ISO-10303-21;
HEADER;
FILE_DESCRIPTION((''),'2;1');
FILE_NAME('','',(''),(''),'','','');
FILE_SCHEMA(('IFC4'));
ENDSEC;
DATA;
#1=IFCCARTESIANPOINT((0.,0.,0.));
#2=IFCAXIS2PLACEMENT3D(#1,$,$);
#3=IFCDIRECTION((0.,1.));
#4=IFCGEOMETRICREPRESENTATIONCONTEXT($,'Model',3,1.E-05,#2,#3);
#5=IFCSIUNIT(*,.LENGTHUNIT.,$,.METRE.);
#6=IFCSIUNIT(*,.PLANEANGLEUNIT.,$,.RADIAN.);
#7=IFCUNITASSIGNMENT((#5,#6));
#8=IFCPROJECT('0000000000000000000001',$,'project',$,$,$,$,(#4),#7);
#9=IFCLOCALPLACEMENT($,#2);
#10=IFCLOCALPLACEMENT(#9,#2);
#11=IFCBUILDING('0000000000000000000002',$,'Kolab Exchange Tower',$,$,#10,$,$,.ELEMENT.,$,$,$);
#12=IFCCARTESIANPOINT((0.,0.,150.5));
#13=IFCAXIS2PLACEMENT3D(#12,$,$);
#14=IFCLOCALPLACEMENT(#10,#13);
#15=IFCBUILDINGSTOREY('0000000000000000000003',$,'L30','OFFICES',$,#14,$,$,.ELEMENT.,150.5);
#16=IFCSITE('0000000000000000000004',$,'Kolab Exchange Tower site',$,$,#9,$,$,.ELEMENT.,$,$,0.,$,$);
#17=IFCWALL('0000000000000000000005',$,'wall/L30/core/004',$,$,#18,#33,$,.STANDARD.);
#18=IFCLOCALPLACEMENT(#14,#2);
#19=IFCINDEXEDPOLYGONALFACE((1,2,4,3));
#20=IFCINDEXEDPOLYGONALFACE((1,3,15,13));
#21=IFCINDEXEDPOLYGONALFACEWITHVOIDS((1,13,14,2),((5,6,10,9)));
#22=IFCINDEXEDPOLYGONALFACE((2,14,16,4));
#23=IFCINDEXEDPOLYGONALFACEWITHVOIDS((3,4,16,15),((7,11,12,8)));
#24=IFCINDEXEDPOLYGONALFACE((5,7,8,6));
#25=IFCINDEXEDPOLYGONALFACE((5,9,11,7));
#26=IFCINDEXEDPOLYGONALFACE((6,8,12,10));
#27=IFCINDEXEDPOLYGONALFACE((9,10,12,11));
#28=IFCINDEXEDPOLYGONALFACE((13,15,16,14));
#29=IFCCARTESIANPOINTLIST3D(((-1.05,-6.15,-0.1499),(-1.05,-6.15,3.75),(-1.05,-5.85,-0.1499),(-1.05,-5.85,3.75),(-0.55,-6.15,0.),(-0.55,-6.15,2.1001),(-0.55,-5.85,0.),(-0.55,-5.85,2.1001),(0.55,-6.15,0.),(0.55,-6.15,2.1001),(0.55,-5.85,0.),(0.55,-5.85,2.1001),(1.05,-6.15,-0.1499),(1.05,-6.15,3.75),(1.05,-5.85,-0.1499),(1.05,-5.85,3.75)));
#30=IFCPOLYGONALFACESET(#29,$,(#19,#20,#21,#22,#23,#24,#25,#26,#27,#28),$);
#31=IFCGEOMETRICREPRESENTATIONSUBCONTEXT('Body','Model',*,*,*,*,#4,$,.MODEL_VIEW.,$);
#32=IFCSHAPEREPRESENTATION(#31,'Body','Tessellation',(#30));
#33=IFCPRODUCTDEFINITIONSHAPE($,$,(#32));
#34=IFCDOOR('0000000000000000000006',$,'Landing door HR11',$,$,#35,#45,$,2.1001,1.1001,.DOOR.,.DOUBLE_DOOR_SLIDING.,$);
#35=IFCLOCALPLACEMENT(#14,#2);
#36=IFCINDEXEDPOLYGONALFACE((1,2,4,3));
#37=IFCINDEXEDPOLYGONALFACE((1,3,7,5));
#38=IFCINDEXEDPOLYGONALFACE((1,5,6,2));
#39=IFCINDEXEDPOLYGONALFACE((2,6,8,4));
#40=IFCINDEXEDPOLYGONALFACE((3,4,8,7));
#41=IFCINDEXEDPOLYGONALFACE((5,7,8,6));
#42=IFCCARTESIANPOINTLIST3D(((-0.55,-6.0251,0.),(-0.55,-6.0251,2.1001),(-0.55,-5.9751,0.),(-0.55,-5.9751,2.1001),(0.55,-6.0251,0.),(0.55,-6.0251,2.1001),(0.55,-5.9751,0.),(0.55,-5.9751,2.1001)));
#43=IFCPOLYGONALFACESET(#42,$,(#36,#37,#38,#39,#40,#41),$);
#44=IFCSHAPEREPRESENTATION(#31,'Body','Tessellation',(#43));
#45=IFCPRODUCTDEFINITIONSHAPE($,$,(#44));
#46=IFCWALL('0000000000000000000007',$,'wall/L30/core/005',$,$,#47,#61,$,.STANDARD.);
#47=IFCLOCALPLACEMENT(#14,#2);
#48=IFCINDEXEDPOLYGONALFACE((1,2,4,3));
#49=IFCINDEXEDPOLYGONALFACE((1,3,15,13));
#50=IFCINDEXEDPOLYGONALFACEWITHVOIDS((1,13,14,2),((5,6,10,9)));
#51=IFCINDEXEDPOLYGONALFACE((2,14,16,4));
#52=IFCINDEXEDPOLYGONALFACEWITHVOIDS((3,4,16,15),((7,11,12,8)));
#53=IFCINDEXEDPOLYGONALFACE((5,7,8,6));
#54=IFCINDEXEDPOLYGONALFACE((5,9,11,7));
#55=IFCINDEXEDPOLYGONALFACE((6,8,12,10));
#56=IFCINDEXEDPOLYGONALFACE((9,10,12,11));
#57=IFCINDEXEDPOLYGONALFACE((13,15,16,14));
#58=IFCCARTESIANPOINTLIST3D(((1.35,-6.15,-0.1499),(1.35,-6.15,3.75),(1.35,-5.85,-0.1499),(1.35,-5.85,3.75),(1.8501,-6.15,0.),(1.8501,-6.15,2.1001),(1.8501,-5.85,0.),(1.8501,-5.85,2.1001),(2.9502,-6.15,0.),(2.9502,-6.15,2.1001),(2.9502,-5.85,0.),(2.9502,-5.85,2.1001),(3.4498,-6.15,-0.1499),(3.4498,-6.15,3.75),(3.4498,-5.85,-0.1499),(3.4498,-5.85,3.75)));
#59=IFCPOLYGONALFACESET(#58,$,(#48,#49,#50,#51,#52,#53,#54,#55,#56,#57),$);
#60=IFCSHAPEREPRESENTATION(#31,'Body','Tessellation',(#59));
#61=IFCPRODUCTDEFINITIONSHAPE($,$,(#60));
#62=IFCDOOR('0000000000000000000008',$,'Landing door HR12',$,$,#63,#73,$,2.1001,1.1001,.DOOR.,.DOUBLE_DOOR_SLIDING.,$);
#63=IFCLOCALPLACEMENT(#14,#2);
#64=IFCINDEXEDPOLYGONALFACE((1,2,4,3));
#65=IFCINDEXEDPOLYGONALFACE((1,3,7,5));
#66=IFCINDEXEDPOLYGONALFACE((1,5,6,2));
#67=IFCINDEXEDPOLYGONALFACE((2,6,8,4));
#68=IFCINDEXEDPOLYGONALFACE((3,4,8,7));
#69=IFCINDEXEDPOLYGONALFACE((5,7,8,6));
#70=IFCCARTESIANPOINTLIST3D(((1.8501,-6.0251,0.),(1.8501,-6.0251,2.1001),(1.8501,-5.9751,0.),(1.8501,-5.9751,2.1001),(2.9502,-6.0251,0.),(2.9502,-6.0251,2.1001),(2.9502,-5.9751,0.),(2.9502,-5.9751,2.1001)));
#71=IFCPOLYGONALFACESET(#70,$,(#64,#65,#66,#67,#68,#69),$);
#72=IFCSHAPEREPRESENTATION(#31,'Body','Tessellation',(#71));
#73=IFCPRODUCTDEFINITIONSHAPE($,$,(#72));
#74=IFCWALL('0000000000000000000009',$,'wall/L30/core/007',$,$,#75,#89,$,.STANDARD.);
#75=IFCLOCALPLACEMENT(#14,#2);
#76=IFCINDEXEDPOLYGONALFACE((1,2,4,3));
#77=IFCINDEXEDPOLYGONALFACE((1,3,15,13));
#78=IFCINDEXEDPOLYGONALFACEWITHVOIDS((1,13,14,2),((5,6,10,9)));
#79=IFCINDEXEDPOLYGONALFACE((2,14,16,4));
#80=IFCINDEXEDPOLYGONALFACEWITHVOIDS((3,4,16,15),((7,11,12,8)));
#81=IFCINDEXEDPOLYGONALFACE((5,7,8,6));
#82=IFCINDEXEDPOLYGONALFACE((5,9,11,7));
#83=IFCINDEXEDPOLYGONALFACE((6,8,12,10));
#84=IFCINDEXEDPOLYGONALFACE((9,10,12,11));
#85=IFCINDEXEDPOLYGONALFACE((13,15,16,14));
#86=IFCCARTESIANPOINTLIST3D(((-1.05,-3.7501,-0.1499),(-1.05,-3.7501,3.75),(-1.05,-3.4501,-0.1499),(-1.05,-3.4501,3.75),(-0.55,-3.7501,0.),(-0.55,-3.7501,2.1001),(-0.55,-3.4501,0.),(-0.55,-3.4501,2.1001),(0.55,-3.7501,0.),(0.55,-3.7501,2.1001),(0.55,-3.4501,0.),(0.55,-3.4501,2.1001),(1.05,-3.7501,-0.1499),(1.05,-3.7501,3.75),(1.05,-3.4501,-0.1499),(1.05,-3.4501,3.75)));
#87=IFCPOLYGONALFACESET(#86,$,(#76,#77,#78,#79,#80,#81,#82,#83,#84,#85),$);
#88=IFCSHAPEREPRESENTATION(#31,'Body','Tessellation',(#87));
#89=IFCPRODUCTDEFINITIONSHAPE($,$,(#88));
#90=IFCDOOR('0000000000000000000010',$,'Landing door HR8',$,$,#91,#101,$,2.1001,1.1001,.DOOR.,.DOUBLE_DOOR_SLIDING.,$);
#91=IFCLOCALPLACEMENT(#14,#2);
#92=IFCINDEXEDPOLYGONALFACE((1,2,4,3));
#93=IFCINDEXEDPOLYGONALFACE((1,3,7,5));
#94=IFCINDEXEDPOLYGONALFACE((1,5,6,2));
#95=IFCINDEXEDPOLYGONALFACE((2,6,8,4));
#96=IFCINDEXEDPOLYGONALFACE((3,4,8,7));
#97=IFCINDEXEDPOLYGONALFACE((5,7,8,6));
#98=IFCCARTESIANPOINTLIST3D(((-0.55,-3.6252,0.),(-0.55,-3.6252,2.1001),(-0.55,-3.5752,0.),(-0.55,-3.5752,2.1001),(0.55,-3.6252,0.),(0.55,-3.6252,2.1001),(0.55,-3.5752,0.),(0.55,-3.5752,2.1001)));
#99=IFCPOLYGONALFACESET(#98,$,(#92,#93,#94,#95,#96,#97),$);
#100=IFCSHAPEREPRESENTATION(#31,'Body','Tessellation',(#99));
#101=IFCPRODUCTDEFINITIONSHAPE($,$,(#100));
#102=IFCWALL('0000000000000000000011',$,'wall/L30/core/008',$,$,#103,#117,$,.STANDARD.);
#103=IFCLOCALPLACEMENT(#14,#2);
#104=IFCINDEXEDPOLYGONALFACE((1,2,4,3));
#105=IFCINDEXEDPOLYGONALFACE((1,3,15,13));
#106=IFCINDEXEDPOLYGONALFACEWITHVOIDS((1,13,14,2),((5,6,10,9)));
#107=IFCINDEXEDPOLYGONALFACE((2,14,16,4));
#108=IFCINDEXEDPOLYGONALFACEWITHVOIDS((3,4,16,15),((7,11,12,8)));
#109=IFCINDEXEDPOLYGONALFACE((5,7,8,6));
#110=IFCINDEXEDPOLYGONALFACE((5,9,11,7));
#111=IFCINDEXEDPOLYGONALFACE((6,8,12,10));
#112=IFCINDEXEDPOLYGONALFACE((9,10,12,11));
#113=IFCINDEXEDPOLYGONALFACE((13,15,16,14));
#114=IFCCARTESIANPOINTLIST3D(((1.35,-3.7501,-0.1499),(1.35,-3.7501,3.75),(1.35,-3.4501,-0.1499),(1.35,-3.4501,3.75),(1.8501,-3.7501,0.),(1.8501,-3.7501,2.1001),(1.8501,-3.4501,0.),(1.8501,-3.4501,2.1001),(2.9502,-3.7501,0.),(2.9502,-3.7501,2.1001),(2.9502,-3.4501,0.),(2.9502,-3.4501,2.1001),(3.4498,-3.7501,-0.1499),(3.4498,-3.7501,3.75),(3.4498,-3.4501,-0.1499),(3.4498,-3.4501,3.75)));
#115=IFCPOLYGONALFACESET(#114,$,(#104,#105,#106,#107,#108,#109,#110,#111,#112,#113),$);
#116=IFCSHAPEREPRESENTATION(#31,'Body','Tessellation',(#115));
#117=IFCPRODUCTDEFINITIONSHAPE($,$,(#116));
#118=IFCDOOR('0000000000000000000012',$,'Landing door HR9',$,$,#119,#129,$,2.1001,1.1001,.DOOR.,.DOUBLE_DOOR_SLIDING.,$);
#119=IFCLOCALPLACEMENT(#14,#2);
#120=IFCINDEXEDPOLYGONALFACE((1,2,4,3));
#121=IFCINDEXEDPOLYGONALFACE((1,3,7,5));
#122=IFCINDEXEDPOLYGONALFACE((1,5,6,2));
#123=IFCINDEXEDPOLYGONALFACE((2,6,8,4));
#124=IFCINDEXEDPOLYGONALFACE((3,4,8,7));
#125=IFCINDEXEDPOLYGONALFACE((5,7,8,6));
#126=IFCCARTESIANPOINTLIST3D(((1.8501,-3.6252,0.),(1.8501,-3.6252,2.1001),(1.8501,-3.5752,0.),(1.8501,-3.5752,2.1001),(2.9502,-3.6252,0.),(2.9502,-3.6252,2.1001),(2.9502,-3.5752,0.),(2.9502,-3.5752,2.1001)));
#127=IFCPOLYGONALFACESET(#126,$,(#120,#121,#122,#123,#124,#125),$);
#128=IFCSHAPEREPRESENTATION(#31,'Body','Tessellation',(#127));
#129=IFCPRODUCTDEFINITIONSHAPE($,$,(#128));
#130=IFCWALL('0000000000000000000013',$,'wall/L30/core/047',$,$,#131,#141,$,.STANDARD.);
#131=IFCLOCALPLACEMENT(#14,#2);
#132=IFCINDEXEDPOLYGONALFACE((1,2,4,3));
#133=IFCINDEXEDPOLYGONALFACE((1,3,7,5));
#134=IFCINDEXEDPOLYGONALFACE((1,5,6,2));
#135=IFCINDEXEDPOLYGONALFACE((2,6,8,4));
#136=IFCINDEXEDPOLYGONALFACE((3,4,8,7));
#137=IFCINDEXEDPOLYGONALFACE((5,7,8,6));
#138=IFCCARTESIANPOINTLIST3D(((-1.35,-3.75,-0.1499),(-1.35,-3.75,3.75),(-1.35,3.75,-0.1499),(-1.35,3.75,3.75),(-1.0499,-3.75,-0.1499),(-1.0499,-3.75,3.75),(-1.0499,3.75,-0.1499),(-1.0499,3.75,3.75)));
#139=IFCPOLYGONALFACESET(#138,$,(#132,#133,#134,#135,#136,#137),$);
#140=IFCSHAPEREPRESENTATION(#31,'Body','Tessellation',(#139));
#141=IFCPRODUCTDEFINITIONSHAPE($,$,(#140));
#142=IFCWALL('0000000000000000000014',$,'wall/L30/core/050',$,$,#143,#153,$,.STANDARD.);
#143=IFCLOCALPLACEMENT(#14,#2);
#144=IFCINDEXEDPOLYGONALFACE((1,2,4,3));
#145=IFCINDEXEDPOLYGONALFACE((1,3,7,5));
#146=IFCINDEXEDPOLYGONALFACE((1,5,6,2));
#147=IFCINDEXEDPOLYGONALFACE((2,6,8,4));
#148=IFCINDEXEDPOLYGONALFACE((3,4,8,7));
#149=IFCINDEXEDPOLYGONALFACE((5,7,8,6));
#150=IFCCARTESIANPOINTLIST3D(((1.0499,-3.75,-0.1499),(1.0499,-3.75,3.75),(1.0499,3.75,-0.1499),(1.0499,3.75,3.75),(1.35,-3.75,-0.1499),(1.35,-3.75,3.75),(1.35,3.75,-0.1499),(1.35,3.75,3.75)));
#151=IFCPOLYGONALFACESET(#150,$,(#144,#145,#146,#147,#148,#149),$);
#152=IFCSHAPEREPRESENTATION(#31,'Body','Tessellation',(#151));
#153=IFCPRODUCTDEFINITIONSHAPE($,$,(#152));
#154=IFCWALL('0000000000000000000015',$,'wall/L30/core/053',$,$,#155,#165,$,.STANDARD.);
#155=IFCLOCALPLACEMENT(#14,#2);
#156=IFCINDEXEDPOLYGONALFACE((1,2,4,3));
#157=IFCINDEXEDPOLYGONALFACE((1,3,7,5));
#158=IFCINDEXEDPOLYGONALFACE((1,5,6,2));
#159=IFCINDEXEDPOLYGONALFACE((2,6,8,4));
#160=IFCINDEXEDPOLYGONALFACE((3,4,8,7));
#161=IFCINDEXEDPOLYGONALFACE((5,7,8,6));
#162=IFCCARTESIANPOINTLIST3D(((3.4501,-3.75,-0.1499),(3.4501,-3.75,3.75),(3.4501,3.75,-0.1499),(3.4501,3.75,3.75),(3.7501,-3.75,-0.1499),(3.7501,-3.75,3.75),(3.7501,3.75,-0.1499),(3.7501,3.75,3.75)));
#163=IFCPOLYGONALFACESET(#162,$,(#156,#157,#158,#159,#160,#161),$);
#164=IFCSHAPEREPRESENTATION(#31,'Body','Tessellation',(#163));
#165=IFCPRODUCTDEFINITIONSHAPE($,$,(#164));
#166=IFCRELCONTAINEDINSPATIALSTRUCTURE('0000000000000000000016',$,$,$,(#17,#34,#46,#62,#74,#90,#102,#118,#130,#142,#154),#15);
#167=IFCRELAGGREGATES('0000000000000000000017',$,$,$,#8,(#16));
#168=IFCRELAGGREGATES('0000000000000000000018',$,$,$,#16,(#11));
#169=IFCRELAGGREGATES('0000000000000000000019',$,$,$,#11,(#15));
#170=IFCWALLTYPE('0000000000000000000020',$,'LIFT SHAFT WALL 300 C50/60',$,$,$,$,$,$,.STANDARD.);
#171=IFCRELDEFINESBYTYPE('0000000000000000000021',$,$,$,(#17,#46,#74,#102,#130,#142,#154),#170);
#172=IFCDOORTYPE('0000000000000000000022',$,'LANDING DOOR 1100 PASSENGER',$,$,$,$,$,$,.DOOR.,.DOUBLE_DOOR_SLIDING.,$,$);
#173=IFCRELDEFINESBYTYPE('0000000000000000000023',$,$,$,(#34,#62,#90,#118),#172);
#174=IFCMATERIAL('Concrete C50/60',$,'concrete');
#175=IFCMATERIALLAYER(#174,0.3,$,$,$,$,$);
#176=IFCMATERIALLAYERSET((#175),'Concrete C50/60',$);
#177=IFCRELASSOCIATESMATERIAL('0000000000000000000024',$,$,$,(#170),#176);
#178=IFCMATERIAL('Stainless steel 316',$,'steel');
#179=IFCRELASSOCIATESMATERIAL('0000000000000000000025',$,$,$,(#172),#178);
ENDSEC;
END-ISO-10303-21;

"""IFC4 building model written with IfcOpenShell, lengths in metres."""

from ifc_helpers import new_model, si_unit, direction, frame, frame_2d, origin, place, context, subcontext, project, spatial, rectangle, extrude, material, layer, layer_set, type_object, element, fill, save


model = new_model("IFC4")

# Units and contexts
model_context = context("Model", 3, precision=1e-05, world=origin(), true_north=direction((0.0, 1.0)))
body_context = subcontext(model_context, "Body", "Model", "MODEL_VIEW")
ifc_project = project(units=[si_unit("LENGTHUNIT", "METRE"), si_unit("PLANEANGLEUNIT", "RADIAN")], contexts=[model_context])

# Site, building, storey
site_placement = place(None, origin())
site = spatial("IfcSite", under=ifc_project, at=site_placement, Name="Kolab Exchange Tower site", CompositionType="ELEMENT", RefElevation=0.0)
building_placement = place(site_placement, origin())
building = spatial("IfcBuilding", under=site, at=building_placement, Name="Kolab Exchange Tower", CompositionType="ELEMENT")
storey_placement = place(building_placement, frame((0.0, 0.0, 150.5)))
storey = spatial("IfcBuildingStorey", under=building, at=storey_placement, Name="L30", Description="OFFICES", CompositionType="ELEMENT", Elevation=150.5)

# Walls, openings, doors
ifc_material_1 = material(Name="Concrete C50/60", Category="concrete")
ifc_layer_1 = layer(ifc_material_1, 0.3)
ifc_layer_set_1 = layer_set([ifc_layer_1], Name="Concrete C50/60")
wall_type_1 = type_object("IfcWallType", Name="LIFT SHAFT WALL 300 C50/60", PredefinedType="STANDARD", material=ifc_layer_set_1)
wall_1_placement = place(storey_placement, frame((-1.05, -6.0, -0.1499), z_axis=(0.0, 0.0, 1.0), x_axis=(1.0, 0.0, 0.0)))
wall_1 = element("IfcWall", 1, at=wall_1_placement, inside=storey, type_object=wall_type_1, Name="wall/L30/core/004", PredefinedType="STANDARD", context=body_context, shape_type="SweptSolid", body=[
    extrude(rectangle(XDim=2.1001, YDim=0.3, at=frame_2d((1.05, 0.0))), origin(), (0.0, 0.0, 1.0), 3.8999),
])
opening_1_placement = place(wall_1_placement, frame((0.5, 0.0, 0.1499)))
opening_1 = element("IfcOpeningElement", 2, at=opening_1_placement, cuts=wall_1, PredefinedType="OPENING", context=body_context, shape_type="SweptSolid", body=[
    extrude(rectangle(XDim=1.1001, YDim=2.1001, at=frame_2d((0.55, 1.05))), frame((0.0, 0.1602, 0.0), z_axis=(0.0, -1.0, 0.0), x_axis=(1.0, 0.0, 0.0)), (0.0, 0.0, 1.0), 0.3201),
])
ifc_material_2 = material(Name="Stainless steel 316", Category="steel")
door_type_1 = type_object("IfcDoorType", Name="LANDING DOOR 1100 PASSENGER", OperationType="DOUBLE_DOOR_SLIDING", PredefinedType="DOOR", material=ifc_material_2)
door_1_placement = place(opening_1_placement, origin())
door_1 = element("IfcDoor", 3, at=door_1_placement, inside=storey, type_object=door_type_1, Name="Landing door HR11", OperationType="DOUBLE_DOOR_SLIDING", OverallHeight=2.1001, OverallWidth=1.1001, PredefinedType="DOOR", context=body_context, shape_type="SweptSolid", body=[
    extrude(rectangle(XDim=1.1001, YDim=2.1001, at=frame_2d((0.55, 1.05))), frame((0.0, 0.0249, 0.0), z_axis=(0.0, -1.0, 0.0), x_axis=(1.0, 0.0, 0.0)), (0.0, 0.0, 1.0), 0.05),
])
fill(opening_1, door_1)
wall_2_placement = place(storey_placement, frame((1.3501, -6.0, -0.1499), z_axis=(0.0, 0.0, 1.0), x_axis=(1.0, 0.0, 0.0)))
wall_2 = element("IfcWall", 4, at=wall_2_placement, inside=storey, type_object=wall_type_1, Name="wall/L30/core/005", PredefinedType="STANDARD", context=body_context, shape_type="SweptSolid", body=[
    extrude(rectangle(XDim=2.0999, YDim=0.3, at=frame_2d((1.0498, 0.0))), origin(), (0.0, 0.0, 1.0), 3.8999),
])
opening_2_placement = place(wall_2_placement, frame((0.5, 0.0, 0.1499)))
opening_2 = element("IfcOpeningElement", 5, at=opening_2_placement, cuts=wall_2, PredefinedType="OPENING", context=body_context, shape_type="SweptSolid", body=[
    extrude(rectangle(XDim=1.1001, YDim=2.1001, at=frame_2d((0.55, 1.05))), frame((0.0, 0.1602, 0.0), z_axis=(0.0, -1.0, 0.0), x_axis=(1.0, 0.0, 0.0)), (0.0, 0.0, 1.0), 0.3201),
])
door_2_placement = place(opening_2_placement, origin())
door_2 = element("IfcDoor", 6, at=door_2_placement, inside=storey, type_object=door_type_1, Name="Landing door HR12", OperationType="DOUBLE_DOOR_SLIDING", OverallHeight=2.1001, OverallWidth=1.1001, PredefinedType="DOOR", context=body_context, shape_type="SweptSolid", body=[
    extrude(rectangle(XDim=1.1001, YDim=2.1001, at=frame_2d((0.55, 1.05))), frame((0.0, 0.0249, 0.0), z_axis=(0.0, -1.0, 0.0), x_axis=(1.0, 0.0, 0.0)), (0.0, 0.0, 1.0), 0.05),
])
fill(opening_2, door_2)
wall_3_placement = place(storey_placement, frame((-1.05, -3.6001, -0.1499), z_axis=(0.0, 0.0, 1.0), x_axis=(1.0, 0.0, 0.0)))
wall_3 = element("IfcWall", 7, at=wall_3_placement, inside=storey, type_object=wall_type_1, Name="wall/L30/core/007", PredefinedType="STANDARD", context=body_context, shape_type="SweptSolid", body=[
    extrude(rectangle(XDim=2.1001, YDim=0.3, at=frame_2d((1.05, 0.0))), origin(), (0.0, 0.0, 1.0), 3.8999),
])
opening_3_placement = place(wall_3_placement, frame((0.5, 0.0, 0.1499)))
opening_3 = element("IfcOpeningElement", 8, at=opening_3_placement, cuts=wall_3, PredefinedType="OPENING", context=body_context, shape_type="SweptSolid", body=[
    extrude(rectangle(XDim=1.1001, YDim=2.1001, at=frame_2d((0.55, 1.05))), frame((0.0, 0.1602, 0.0), z_axis=(0.0, -1.0, 0.0), x_axis=(1.0, 0.0, 0.0)), (0.0, 0.0, 1.0), 0.3201),
])
door_3_placement = place(opening_3_placement, origin())
door_3 = element("IfcDoor", 9, at=door_3_placement, inside=storey, type_object=door_type_1, Name="Landing door HR8", OperationType="DOUBLE_DOOR_SLIDING", OverallHeight=2.1001, OverallWidth=1.1001, PredefinedType="DOOR", context=body_context, shape_type="SweptSolid", body=[
    extrude(rectangle(XDim=1.1001, YDim=2.1001, at=frame_2d((0.55, 1.05))), frame((0.0, 0.0249, 0.0), z_axis=(0.0, -1.0, 0.0), x_axis=(1.0, 0.0, 0.0)), (0.0, 0.0, 1.0), 0.05),
])
fill(opening_3, door_3)
wall_4_placement = place(storey_placement, frame((1.3501, -3.6001, -0.1499), z_axis=(0.0, 0.0, 1.0), x_axis=(1.0, 0.0, 0.0)))
wall_4 = element("IfcWall", 10, at=wall_4_placement, inside=storey, type_object=wall_type_1, Name="wall/L30/core/008", PredefinedType="STANDARD", context=body_context, shape_type="SweptSolid", body=[
    extrude(rectangle(XDim=2.0999, YDim=0.3, at=frame_2d((1.0498, 0.0))), origin(), (0.0, 0.0, 1.0), 3.8999),
])
opening_4_placement = place(wall_4_placement, frame((0.5, 0.0, 0.1499)))
opening_4 = element("IfcOpeningElement", 11, at=opening_4_placement, cuts=wall_4, PredefinedType="OPENING", context=body_context, shape_type="SweptSolid", body=[
    extrude(rectangle(XDim=1.1001, YDim=2.1001, at=frame_2d((0.55, 1.05))), frame((0.0, 0.1602, 0.0), z_axis=(0.0, -1.0, 0.0), x_axis=(1.0, 0.0, 0.0)), (0.0, 0.0, 1.0), 0.3201),
])
door_4_placement = place(opening_4_placement, origin())
door_4 = element("IfcDoor", 12, at=door_4_placement, inside=storey, type_object=door_type_1, Name="Landing door HR9", OperationType="DOUBLE_DOOR_SLIDING", OverallHeight=2.1001, OverallWidth=1.1001, PredefinedType="DOOR", context=body_context, shape_type="SweptSolid", body=[
    extrude(rectangle(XDim=1.1001, YDim=2.1001, at=frame_2d((0.55, 1.05))), frame((0.0, 0.0249, 0.0), z_axis=(0.0, -1.0, 0.0), x_axis=(1.0, 0.0, 0.0)), (0.0, 0.0, 1.0), 0.05),
])
fill(opening_4, door_4)

# Walls
for number, where, z_axis, x_axis, name in (
    (13, (-1.2, -3.75, -0.1499), (0.0, 0.0, 1.0), (0.0, 1.0, 0.0), "wall/L30/core/047"),
    (14, (1.2, -3.75, -0.1499), (0.0, 0.0, 1.0), (0.0, 1.0, 0.0), "wall/L30/core/050"),
    (15, (3.6001, -3.75, -0.1499), (0.0, 0.0, 1.0), (0.0, 1.0, 0.0), "wall/L30/core/053"),
):
    element("IfcWall", number, at=place(storey_placement, frame(where, z_axis=z_axis, x_axis=x_axis)), inside=storey, type_object=wall_type_1, Name=name, PredefinedType="STANDARD", context=body_context, shape_type="SweptSolid", body=[
        extrude(rectangle(XDim=7.5, YDim=0.3, at=frame_2d((3.75, 0.0))), origin(), (0.0, 0.0, 1.0), 3.8999),
    ])

save(model, "model.ifc")
